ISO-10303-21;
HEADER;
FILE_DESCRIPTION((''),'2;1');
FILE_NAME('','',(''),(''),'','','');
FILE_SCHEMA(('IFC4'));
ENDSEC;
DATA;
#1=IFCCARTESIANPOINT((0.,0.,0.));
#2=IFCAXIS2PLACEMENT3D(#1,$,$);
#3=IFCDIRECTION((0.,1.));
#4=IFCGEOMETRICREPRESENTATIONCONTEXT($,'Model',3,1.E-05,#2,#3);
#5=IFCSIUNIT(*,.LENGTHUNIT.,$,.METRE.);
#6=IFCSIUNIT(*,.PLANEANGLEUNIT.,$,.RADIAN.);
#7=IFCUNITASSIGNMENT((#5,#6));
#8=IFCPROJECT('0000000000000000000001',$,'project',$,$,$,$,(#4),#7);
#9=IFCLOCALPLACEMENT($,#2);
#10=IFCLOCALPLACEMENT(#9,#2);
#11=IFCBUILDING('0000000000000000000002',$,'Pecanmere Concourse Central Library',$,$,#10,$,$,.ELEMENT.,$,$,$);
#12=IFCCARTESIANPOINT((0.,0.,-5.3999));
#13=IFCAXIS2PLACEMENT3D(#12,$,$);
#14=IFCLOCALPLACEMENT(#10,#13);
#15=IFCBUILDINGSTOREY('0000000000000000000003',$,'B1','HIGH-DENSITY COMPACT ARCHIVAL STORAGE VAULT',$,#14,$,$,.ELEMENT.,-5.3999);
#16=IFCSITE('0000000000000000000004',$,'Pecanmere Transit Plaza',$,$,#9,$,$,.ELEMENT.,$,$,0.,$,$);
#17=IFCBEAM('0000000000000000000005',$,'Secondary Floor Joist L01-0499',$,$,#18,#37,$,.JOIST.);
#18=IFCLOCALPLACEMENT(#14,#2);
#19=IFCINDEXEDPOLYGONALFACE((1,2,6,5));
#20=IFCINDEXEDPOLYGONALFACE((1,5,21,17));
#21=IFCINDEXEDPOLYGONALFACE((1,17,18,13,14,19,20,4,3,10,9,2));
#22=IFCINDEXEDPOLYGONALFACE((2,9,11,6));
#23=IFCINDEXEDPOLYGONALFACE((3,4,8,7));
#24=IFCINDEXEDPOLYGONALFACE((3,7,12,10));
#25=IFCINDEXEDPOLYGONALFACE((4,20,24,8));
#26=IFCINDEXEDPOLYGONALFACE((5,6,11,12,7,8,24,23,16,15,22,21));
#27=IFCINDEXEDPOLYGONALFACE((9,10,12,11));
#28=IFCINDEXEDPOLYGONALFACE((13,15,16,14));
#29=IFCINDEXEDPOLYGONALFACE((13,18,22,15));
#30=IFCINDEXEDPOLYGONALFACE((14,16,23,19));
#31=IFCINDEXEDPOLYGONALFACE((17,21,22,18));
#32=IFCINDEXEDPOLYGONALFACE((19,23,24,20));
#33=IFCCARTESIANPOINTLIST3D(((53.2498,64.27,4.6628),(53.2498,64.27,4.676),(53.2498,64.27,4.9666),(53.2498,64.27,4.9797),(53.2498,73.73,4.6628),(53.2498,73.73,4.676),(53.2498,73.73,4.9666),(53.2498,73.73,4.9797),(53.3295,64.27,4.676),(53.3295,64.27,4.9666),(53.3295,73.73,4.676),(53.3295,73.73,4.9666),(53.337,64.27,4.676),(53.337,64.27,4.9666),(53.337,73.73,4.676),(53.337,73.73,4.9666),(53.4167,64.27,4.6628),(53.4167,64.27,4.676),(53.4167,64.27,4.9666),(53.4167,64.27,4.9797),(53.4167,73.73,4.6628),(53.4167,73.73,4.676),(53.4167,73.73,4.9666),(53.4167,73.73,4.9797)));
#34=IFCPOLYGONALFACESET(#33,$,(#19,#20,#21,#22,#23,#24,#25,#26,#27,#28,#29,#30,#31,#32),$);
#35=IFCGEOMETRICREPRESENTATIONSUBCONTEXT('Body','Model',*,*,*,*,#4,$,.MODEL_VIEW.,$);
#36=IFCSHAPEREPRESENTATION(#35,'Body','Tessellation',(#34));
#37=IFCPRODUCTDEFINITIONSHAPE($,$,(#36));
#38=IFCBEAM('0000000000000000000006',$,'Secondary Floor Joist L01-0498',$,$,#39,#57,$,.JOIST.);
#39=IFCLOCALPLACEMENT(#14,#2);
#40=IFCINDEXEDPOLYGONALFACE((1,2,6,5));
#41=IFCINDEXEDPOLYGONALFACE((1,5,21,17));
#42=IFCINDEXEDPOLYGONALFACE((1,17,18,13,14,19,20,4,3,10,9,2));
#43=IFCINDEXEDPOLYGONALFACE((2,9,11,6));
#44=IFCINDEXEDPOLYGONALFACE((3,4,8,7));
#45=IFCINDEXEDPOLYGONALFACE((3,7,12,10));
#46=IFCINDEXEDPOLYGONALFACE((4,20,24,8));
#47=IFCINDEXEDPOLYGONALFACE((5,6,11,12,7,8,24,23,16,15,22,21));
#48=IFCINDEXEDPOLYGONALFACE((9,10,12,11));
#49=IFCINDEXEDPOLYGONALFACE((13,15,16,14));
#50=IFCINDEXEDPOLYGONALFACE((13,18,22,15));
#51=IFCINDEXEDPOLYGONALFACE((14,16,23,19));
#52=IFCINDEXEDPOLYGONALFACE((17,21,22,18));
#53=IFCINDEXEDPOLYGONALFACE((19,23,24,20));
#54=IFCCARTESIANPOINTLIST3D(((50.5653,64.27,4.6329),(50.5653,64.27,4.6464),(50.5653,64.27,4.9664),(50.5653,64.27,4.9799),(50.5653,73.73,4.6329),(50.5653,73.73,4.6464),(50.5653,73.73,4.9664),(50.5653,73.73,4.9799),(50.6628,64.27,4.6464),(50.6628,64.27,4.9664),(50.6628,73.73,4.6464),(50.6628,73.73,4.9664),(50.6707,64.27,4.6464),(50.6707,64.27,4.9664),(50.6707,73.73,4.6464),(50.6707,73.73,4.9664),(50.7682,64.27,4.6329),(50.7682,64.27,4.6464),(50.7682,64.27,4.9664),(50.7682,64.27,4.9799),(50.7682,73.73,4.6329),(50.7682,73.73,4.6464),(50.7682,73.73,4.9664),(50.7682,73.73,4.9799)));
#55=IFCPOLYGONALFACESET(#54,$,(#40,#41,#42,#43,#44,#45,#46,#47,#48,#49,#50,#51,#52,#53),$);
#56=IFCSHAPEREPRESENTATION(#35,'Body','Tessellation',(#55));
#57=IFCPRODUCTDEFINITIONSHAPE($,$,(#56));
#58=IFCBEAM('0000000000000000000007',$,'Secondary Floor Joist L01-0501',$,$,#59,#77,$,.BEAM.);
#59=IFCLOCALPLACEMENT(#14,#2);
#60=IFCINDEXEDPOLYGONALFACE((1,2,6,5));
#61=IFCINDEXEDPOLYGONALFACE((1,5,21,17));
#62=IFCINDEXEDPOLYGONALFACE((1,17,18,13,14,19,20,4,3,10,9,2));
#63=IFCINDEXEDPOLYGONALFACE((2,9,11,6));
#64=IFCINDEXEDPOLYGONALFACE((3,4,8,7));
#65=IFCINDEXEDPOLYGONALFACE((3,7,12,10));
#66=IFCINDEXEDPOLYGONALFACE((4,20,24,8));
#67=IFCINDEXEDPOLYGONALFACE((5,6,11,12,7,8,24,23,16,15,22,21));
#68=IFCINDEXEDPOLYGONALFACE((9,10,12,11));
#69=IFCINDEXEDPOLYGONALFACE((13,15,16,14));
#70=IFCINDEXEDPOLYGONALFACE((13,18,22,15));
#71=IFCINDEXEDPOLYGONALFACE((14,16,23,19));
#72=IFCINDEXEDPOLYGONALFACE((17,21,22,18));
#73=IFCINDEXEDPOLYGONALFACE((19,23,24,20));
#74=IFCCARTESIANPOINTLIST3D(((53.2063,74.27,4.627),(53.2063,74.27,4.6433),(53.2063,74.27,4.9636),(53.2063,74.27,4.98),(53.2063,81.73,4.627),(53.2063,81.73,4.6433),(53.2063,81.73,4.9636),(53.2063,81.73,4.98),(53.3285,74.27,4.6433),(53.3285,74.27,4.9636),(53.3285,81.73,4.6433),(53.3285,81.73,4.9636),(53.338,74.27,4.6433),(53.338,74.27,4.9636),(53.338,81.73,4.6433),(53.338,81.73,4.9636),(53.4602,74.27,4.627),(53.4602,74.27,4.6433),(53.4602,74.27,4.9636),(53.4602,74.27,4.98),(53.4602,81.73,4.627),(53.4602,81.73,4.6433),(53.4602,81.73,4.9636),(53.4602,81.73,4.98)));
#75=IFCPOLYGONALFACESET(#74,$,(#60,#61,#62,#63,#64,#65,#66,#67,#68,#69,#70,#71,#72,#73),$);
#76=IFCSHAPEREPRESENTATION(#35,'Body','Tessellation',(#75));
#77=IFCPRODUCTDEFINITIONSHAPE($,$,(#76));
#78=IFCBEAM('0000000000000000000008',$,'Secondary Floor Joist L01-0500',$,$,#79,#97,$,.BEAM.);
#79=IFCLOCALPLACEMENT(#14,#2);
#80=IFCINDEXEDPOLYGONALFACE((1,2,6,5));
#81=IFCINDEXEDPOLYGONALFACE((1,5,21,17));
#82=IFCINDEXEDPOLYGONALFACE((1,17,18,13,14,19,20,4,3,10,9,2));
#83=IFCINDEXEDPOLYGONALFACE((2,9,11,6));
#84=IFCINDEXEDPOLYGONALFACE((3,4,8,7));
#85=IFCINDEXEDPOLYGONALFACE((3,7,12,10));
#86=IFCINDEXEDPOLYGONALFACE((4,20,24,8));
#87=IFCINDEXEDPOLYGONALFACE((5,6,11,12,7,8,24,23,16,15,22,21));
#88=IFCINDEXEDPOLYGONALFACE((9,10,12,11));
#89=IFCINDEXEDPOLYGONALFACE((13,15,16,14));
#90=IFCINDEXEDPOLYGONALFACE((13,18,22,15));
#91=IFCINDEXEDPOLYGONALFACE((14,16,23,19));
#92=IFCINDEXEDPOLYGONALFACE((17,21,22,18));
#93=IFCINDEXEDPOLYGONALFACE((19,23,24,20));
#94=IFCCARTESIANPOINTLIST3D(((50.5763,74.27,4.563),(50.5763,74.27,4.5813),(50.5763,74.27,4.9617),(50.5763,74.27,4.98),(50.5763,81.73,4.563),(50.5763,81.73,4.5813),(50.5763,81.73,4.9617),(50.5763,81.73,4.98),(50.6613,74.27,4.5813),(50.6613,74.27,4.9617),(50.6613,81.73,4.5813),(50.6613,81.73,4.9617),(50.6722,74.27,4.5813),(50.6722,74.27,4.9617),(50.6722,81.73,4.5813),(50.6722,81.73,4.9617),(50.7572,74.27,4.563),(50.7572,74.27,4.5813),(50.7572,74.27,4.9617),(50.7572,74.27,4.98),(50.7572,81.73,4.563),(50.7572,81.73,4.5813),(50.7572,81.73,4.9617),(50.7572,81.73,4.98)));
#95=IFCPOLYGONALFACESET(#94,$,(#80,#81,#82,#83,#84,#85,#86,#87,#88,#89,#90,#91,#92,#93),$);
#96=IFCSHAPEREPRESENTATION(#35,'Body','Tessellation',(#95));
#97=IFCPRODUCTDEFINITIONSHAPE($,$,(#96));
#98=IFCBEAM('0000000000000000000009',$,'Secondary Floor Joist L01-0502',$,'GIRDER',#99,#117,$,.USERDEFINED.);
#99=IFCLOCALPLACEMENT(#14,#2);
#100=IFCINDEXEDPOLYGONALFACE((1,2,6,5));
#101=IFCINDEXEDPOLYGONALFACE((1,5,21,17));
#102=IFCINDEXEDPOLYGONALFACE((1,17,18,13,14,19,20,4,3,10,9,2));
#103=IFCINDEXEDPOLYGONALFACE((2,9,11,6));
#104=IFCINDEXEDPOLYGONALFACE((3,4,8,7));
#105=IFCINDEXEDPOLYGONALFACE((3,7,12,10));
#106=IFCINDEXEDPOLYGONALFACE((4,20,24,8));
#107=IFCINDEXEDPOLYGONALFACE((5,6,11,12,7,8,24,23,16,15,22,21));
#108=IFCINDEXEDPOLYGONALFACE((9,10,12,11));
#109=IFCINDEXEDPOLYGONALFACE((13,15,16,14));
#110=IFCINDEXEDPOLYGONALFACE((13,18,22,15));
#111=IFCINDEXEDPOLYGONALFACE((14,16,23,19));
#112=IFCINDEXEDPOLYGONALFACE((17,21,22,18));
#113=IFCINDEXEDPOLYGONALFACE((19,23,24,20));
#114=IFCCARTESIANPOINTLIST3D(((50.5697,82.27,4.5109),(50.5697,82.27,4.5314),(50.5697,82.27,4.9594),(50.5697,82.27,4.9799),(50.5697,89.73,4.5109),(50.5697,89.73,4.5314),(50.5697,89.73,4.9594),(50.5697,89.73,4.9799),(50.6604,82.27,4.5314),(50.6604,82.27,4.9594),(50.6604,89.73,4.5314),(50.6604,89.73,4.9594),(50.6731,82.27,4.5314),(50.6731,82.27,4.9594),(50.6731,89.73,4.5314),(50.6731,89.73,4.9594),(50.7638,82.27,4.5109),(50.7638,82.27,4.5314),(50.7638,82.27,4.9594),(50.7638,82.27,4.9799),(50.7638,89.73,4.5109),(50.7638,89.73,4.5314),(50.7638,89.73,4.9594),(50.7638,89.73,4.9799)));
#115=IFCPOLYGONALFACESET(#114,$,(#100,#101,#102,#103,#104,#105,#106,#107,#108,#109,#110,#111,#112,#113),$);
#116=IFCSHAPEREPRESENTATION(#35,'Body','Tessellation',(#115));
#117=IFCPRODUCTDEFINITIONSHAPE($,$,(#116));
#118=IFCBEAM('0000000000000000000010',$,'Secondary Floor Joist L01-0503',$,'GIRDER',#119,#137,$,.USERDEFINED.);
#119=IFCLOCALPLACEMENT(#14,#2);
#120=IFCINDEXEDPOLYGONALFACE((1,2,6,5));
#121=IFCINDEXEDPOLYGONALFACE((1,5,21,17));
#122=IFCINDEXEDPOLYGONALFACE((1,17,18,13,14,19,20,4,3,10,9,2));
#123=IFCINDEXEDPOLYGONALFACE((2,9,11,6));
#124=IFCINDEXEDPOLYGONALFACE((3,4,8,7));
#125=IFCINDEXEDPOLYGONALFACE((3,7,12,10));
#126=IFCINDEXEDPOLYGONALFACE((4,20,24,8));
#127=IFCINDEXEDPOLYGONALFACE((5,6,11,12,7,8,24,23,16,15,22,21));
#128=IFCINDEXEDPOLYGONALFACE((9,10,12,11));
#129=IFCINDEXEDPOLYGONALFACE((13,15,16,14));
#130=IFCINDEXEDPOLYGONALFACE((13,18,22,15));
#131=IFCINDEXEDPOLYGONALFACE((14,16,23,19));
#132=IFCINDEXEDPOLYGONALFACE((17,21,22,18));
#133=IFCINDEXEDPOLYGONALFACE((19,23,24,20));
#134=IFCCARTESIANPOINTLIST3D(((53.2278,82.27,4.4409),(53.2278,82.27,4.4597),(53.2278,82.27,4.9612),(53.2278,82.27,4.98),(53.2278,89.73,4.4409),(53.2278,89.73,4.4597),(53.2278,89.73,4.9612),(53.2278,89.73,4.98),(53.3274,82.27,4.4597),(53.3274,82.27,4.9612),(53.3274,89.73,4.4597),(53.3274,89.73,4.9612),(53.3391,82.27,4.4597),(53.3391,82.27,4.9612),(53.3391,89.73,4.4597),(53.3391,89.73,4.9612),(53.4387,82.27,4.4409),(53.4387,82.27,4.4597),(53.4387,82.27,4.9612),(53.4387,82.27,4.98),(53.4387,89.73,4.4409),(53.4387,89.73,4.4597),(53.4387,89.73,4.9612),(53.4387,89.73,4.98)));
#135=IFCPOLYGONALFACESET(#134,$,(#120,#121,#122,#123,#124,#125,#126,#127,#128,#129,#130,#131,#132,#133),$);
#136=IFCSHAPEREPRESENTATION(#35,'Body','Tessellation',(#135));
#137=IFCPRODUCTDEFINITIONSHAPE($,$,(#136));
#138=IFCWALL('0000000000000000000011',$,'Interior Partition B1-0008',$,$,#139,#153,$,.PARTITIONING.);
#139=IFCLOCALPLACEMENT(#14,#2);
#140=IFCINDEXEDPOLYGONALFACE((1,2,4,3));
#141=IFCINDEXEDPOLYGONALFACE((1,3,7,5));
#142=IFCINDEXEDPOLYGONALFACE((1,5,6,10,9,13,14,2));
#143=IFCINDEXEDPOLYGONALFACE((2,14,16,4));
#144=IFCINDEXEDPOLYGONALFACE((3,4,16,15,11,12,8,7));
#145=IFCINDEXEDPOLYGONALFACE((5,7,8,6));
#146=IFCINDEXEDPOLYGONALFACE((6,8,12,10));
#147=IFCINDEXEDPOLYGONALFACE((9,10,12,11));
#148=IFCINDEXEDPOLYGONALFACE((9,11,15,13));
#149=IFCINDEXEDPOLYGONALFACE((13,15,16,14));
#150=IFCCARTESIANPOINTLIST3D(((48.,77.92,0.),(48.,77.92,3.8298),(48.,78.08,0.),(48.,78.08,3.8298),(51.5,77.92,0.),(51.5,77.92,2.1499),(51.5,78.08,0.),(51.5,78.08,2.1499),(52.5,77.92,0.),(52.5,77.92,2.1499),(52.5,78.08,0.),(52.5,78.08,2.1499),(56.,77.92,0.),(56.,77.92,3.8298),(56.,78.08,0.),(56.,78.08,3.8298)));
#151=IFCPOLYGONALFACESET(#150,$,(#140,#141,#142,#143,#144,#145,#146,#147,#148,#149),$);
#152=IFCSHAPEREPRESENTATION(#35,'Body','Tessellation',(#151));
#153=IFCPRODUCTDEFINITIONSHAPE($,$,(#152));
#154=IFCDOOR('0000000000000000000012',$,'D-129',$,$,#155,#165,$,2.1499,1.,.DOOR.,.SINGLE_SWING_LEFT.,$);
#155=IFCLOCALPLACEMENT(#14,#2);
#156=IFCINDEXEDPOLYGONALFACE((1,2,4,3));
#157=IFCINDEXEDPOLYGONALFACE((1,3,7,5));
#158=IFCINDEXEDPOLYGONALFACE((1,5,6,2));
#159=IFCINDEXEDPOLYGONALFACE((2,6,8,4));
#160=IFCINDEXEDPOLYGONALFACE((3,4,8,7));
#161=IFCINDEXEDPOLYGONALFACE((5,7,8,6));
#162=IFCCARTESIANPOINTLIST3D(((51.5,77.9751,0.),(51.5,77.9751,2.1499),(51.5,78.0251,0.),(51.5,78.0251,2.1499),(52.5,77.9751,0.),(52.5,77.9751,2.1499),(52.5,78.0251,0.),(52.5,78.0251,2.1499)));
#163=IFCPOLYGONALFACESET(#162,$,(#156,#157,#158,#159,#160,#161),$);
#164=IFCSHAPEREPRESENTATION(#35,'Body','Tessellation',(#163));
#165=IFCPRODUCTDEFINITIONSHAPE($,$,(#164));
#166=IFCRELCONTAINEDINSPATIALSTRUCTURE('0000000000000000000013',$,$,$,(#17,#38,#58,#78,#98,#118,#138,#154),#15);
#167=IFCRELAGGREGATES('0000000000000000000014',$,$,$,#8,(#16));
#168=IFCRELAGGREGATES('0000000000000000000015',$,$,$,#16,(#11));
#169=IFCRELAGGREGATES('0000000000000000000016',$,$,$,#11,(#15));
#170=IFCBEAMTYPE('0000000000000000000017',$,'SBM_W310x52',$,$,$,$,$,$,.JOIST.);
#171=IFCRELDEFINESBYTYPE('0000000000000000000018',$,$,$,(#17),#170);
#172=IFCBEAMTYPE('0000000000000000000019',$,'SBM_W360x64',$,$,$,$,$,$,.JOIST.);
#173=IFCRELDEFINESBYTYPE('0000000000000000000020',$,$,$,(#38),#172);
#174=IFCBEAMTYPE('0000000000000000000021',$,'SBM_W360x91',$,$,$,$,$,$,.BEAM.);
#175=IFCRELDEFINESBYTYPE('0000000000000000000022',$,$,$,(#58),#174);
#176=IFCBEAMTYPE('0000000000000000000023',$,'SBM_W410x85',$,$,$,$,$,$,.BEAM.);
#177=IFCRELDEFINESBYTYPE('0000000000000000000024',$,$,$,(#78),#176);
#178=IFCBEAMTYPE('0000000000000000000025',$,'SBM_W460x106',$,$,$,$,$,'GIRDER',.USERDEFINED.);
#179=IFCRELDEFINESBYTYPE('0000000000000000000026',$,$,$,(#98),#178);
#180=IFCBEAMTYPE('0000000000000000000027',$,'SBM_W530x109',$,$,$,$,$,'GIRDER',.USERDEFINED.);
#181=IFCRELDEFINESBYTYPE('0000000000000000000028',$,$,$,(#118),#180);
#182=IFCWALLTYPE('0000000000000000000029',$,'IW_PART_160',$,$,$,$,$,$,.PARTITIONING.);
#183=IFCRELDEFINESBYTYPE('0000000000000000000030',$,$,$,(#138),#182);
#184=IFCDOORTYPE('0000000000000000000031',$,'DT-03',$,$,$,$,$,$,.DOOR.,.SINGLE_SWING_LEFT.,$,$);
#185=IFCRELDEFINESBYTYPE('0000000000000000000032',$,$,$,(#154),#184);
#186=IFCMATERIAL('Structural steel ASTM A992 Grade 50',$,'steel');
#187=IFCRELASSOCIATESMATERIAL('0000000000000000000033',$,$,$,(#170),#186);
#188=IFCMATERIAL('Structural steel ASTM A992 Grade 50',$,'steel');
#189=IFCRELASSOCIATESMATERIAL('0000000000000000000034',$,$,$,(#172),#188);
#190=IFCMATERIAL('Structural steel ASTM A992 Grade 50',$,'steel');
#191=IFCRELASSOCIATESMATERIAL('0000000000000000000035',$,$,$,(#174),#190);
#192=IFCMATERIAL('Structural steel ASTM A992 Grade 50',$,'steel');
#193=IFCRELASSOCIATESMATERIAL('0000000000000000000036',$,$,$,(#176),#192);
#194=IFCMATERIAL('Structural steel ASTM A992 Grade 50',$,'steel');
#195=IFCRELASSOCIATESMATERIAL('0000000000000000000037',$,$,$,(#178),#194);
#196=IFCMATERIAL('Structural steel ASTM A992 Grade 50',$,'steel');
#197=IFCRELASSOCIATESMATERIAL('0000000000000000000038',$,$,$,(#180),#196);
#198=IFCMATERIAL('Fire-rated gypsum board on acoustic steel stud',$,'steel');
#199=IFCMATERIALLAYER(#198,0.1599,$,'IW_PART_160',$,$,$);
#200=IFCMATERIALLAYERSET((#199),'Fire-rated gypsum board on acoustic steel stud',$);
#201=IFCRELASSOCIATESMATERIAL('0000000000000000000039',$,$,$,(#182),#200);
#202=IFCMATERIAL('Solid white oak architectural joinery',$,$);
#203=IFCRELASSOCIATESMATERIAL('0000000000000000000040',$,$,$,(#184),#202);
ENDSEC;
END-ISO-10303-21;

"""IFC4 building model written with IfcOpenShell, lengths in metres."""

from ifc_helpers import new_model, si_unit, direction, frame, frame_2d, origin, origin_2d, place, context, subcontext, project, spatial, rectangle, i_section, extrude, material, layer, layer_set, material_profile, profile_set, type_object, element, fill, save


model = new_model("IFC4")

# Units and contexts
model_context = context("Model", 3, precision=1e-05, world=origin(), true_north=direction((0.0, 1.0)))
body_context = subcontext(model_context, "Body", "Model", "MODEL_VIEW")
ifc_project = project(units=[si_unit("LENGTHUNIT", "METRE"), si_unit("PLANEANGLEUNIT", "RADIAN")], contexts=[model_context])

# Site, building, storey
site_placement = place(None, origin())
site = spatial("IfcSite", under=ifc_project, at=site_placement, Name="Pecanmere Transit Plaza", CompositionType="ELEMENT", RefElevation=0.0)
building_placement = place(site_placement, origin())
building = spatial("IfcBuilding", under=site, at=building_placement, Name="Pecanmere Concourse Central Library", CompositionType="ELEMENT")
storey_placement = place(building_placement, frame((0.0, 0.0, -5.3999)))
storey = spatial("IfcBuildingStorey", under=building, at=storey_placement, Name="B1", Description="HIGH-DENSITY COMPACT ARCHIVAL STORAGE VAULT", CompositionType="ELEMENT", Elevation=-5.3999)

# Beams
ifc_material_1 = material(Name="Structural steel ASTM A992 Grade 50", Category="steel")
ifc_material_profile_1 = material_profile(ifc_material_1, i_section(OverallWidth=0.167, OverallDepth=0.3169, WebThickness=0.0076, FlangeThickness=0.0132, at=origin_2d()), Name="W310x52")
ifc_profile_set_1 = profile_set([ifc_material_profile_1], Name="Structural steel ASTM A992 Grade 50")
beam_type_1 = type_object("IfcBeamType", Name="SBM_W310x52", PredefinedType="JOIST", material=ifc_profile_set_1)
beam_1_placement = place(storey_placement, frame((53.3333, 64.27, 4.8213), z_axis=(0.0, 1.0, 0.0), x_axis=(-1.0, 0.0, 0.0)))
element("IfcBeam", 1, at=beam_1_placement, inside=storey, type_object=beam_type_1, Name="Secondary Floor Joist L01-0499", PredefinedType="JOIST", context=body_context, shape_type="SweptSolid", body=[
    extrude(i_section(OverallWidth=0.167, OverallDepth=0.3169, WebThickness=0.0076, FlangeThickness=0.0132, at=origin_2d()), origin(), (0.0, 0.0, 1.0), 9.46),
])
ifc_material_2 = material(Name="Structural steel ASTM A992 Grade 50", Category="steel")
ifc_material_profile_2 = material_profile(ifc_material_2, i_section(OverallWidth=0.2029, OverallDepth=0.3469, WebThickness=0.0078, FlangeThickness=0.0134, at=origin_2d()), Name="W360x64")
ifc_profile_set_2 = profile_set([ifc_material_profile_2], Name="Structural steel ASTM A992 Grade 50")
beam_type_2 = type_object("IfcBeamType", Name="SBM_W360x64", PredefinedType="JOIST", material=ifc_profile_set_2)
beam_2_placement = place(storey_placement, frame((50.6667, 64.27, 4.8064), z_axis=(0.0, 1.0, 0.0), x_axis=(-1.0, 0.0, 0.0)))
element("IfcBeam", 2, at=beam_2_placement, inside=storey, type_object=beam_type_2, Name="Secondary Floor Joist L01-0498", PredefinedType="JOIST", context=body_context, shape_type="SweptSolid", body=[
    extrude(i_section(OverallWidth=0.2029, OverallDepth=0.3469, WebThickness=0.0078, FlangeThickness=0.0134, at=origin_2d()), origin(), (0.0, 0.0, 1.0), 9.46),
])
ifc_material_3 = material(Name="Structural steel ASTM A992 Grade 50", Category="steel")
ifc_material_profile_3 = material_profile(ifc_material_3, i_section(OverallWidth=0.2539, OverallDepth=0.353, WebThickness=0.0095, FlangeThickness=0.0164, at=origin_2d()), Name="W360x91")
ifc_profile_set_3 = profile_set([ifc_material_profile_3], Name="Structural steel ASTM A992 Grade 50")
beam_type_3 = type_object("IfcBeamType", Name="SBM_W360x91", PredefinedType="BEAM", material=ifc_profile_set_3)
beam_3_placement = place(storey_placement, frame((53.3333, 74.27, 4.8035), z_axis=(0.0, 1.0, 0.0), x_axis=(-1.0, 0.0, 0.0)))
element("IfcBeam", 3, at=beam_3_placement, inside=storey, type_object=beam_type_3, Name="Secondary Floor Joist L01-0501", PredefinedType="BEAM", context=body_context, shape_type="SweptSolid", body=[
    extrude(i_section(OverallWidth=0.2539, OverallDepth=0.353, WebThickness=0.0095, FlangeThickness=0.0164, at=origin_2d()), origin(), (0.0, 0.0, 1.0), 7.46),
])
ifc_material_4 = material(Name="Structural steel ASTM A992 Grade 50", Category="steel")
ifc_material_profile_4 = material_profile(ifc_material_4, i_section(OverallWidth=0.1809, OverallDepth=0.417, WebThickness=0.011, FlangeThickness=0.0183, at=origin_2d()), Name="W410x85")
ifc_profile_set_4 = profile_set([ifc_material_profile_4], Name="Structural steel ASTM A992 Grade 50")
beam_type_4 = type_object("IfcBeamType", Name="SBM_W410x85", PredefinedType="BEAM", material=ifc_profile_set_4)
beam_4_placement = place(storey_placement, frame((50.6667, 74.27, 4.7715), z_axis=(0.0, 1.0, 0.0), x_axis=(-1.0, 0.0, 0.0)))
element("IfcBeam", 4, at=beam_4_placement, inside=storey, type_object=beam_type_4, Name="Secondary Floor Joist L01-0500", PredefinedType="BEAM", context=body_context, shape_type="SweptSolid", body=[
    extrude(i_section(OverallWidth=0.1809, OverallDepth=0.417, WebThickness=0.011, FlangeThickness=0.0183, at=origin_2d()), origin(), (0.0, 0.0, 1.0), 7.46),
])
ifc_material_5 = material(Name="Structural steel ASTM A992 Grade 50", Category="steel")
ifc_material_profile_5 = material_profile(ifc_material_5, i_section(OverallWidth=0.1941, OverallDepth=0.469, WebThickness=0.0127, FlangeThickness=0.0205, at=origin_2d()), Name="W460x106")
ifc_profile_set_5 = profile_set([ifc_material_profile_5], Name="Structural steel ASTM A992 Grade 50")
beam_type_5 = type_object("IfcBeamType", Name="SBM_W460x106", ElementType="GIRDER", PredefinedType="USERDEFINED", material=ifc_profile_set_5)
beam_5_placement = place(storey_placement, frame((50.6667, 82.27, 4.7454), z_axis=(0.0, 1.0, 0.0), x_axis=(-1.0, 0.0, 0.0)))
element("IfcBeam", 5, at=beam_5_placement, inside=storey, type_object=beam_type_5, Name="Secondary Floor Joist L01-0502", ObjectType="GIRDER", PredefinedType="USERDEFINED", context=body_context, shape_type="SweptSolid", body=[
    extrude(i_section(OverallWidth=0.1941, OverallDepth=0.469, WebThickness=0.0127, FlangeThickness=0.0205, at=origin_2d()), origin(), (0.0, 0.0, 1.0), 7.46),
])
ifc_material_6 = material(Name="Structural steel ASTM A992 Grade 50", Category="steel")
ifc_material_profile_6 = material_profile(ifc_material_6, i_section(OverallWidth=0.2109, OverallDepth=0.5391, WebThickness=0.0117, FlangeThickness=0.0188, at=origin_2d()), Name="W530x109")
ifc_profile_set_6 = profile_set([ifc_material_profile_6], Name="Structural steel ASTM A992 Grade 50")
beam_type_6 = type_object("IfcBeamType", Name="SBM_W530x109", ElementType="GIRDER", PredefinedType="USERDEFINED", material=ifc_profile_set_6)
beam_6_placement = place(storey_placement, frame((53.3333, 82.27, 4.7104), z_axis=(0.0, 1.0, 0.0), x_axis=(-1.0, 0.0, 0.0)))
element("IfcBeam", 6, at=beam_6_placement, inside=storey, type_object=beam_type_6, Name="Secondary Floor Joist L01-0503", ObjectType="GIRDER", PredefinedType="USERDEFINED", context=body_context, shape_type="SweptSolid", body=[
    extrude(i_section(OverallWidth=0.2109, OverallDepth=0.5391, WebThickness=0.0117, FlangeThickness=0.0188, at=origin_2d()), origin(), (0.0, 0.0, 1.0), 7.46),
])

# Wall, opening, door
ifc_material_7 = material(Name="Fire-rated gypsum board on acoustic steel stud", Category="steel")
ifc_layer = layer(ifc_material_7, 0.1599, Name="IW_PART_160")
ifc_layer_set = layer_set([ifc_layer], Name="Fire-rated gypsum board on acoustic steel stud")
wall_type = type_object("IfcWallType", Name="IW_PART_160", PredefinedType="PARTITIONING", material=ifc_layer_set)
wall_placement = place(storey_placement, frame((48.0, 78.0, 0.0), z_axis=(0.0, 0.0, 1.0), x_axis=(1.0, 0.0, 0.0)))
wall = element("IfcWall", 7, at=wall_placement, inside=storey, type_object=wall_type, Name="Interior Partition B1-0008", PredefinedType="PARTITIONING", context=body_context, shape_type="SweptSolid", body=[
    extrude(rectangle(XDim=8.0, YDim=0.1599, at=frame_2d((4.0, 0.0))), origin(), (0.0, 0.0, 1.0), 3.8298),
])
opening_placement = place(wall_placement, frame((3.5, 0.0, 0.0)))
opening = element("IfcOpeningElement", 8, at=opening_placement, cuts=wall, PredefinedType="OPENING", context=body_context, shape_type="SweptSolid", body=[
    extrude(rectangle(XDim=1.0, YDim=2.1499, at=frame_2d((0.5, 1.075))), frame((0.0, 0.0918, 0.0), z_axis=(0.0, -1.0, 0.0), x_axis=(1.0, 0.0, 0.0)), (0.0, 0.0, 1.0), 0.1838),
])
ifc_material_8 = material(Name="Solid white oak architectural joinery")
door_type = type_object("IfcDoorType", Name="DT-03", OperationType="SINGLE_SWING_LEFT", PredefinedType="DOOR", material=ifc_material_8)
door_placement = place(opening_placement, frame((1.0, 0.0, 0.0), z_axis=(0.0, 0.0, 1.0), x_axis=(-1.0, 0.0, 0.0)))
door = element("IfcDoor", 9, at=door_placement, inside=storey, type_object=door_type, Name="D-129", OperationType="SINGLE_SWING_LEFT", OverallHeight=2.1499, OverallWidth=1.0, PredefinedType="DOOR", context=body_context, shape_type="SweptSolid", body=[
    extrude(rectangle(XDim=1.0, YDim=2.1499, at=frame_2d((0.5, 1.075))), frame((0.0, 0.0249, 0.0), z_axis=(0.0, -1.0, 0.0), x_axis=(1.0, 0.0, 0.0)), (0.0, 0.0, 1.0), 0.05),
])
fill(opening, door)

save(model, "model.ifc")
